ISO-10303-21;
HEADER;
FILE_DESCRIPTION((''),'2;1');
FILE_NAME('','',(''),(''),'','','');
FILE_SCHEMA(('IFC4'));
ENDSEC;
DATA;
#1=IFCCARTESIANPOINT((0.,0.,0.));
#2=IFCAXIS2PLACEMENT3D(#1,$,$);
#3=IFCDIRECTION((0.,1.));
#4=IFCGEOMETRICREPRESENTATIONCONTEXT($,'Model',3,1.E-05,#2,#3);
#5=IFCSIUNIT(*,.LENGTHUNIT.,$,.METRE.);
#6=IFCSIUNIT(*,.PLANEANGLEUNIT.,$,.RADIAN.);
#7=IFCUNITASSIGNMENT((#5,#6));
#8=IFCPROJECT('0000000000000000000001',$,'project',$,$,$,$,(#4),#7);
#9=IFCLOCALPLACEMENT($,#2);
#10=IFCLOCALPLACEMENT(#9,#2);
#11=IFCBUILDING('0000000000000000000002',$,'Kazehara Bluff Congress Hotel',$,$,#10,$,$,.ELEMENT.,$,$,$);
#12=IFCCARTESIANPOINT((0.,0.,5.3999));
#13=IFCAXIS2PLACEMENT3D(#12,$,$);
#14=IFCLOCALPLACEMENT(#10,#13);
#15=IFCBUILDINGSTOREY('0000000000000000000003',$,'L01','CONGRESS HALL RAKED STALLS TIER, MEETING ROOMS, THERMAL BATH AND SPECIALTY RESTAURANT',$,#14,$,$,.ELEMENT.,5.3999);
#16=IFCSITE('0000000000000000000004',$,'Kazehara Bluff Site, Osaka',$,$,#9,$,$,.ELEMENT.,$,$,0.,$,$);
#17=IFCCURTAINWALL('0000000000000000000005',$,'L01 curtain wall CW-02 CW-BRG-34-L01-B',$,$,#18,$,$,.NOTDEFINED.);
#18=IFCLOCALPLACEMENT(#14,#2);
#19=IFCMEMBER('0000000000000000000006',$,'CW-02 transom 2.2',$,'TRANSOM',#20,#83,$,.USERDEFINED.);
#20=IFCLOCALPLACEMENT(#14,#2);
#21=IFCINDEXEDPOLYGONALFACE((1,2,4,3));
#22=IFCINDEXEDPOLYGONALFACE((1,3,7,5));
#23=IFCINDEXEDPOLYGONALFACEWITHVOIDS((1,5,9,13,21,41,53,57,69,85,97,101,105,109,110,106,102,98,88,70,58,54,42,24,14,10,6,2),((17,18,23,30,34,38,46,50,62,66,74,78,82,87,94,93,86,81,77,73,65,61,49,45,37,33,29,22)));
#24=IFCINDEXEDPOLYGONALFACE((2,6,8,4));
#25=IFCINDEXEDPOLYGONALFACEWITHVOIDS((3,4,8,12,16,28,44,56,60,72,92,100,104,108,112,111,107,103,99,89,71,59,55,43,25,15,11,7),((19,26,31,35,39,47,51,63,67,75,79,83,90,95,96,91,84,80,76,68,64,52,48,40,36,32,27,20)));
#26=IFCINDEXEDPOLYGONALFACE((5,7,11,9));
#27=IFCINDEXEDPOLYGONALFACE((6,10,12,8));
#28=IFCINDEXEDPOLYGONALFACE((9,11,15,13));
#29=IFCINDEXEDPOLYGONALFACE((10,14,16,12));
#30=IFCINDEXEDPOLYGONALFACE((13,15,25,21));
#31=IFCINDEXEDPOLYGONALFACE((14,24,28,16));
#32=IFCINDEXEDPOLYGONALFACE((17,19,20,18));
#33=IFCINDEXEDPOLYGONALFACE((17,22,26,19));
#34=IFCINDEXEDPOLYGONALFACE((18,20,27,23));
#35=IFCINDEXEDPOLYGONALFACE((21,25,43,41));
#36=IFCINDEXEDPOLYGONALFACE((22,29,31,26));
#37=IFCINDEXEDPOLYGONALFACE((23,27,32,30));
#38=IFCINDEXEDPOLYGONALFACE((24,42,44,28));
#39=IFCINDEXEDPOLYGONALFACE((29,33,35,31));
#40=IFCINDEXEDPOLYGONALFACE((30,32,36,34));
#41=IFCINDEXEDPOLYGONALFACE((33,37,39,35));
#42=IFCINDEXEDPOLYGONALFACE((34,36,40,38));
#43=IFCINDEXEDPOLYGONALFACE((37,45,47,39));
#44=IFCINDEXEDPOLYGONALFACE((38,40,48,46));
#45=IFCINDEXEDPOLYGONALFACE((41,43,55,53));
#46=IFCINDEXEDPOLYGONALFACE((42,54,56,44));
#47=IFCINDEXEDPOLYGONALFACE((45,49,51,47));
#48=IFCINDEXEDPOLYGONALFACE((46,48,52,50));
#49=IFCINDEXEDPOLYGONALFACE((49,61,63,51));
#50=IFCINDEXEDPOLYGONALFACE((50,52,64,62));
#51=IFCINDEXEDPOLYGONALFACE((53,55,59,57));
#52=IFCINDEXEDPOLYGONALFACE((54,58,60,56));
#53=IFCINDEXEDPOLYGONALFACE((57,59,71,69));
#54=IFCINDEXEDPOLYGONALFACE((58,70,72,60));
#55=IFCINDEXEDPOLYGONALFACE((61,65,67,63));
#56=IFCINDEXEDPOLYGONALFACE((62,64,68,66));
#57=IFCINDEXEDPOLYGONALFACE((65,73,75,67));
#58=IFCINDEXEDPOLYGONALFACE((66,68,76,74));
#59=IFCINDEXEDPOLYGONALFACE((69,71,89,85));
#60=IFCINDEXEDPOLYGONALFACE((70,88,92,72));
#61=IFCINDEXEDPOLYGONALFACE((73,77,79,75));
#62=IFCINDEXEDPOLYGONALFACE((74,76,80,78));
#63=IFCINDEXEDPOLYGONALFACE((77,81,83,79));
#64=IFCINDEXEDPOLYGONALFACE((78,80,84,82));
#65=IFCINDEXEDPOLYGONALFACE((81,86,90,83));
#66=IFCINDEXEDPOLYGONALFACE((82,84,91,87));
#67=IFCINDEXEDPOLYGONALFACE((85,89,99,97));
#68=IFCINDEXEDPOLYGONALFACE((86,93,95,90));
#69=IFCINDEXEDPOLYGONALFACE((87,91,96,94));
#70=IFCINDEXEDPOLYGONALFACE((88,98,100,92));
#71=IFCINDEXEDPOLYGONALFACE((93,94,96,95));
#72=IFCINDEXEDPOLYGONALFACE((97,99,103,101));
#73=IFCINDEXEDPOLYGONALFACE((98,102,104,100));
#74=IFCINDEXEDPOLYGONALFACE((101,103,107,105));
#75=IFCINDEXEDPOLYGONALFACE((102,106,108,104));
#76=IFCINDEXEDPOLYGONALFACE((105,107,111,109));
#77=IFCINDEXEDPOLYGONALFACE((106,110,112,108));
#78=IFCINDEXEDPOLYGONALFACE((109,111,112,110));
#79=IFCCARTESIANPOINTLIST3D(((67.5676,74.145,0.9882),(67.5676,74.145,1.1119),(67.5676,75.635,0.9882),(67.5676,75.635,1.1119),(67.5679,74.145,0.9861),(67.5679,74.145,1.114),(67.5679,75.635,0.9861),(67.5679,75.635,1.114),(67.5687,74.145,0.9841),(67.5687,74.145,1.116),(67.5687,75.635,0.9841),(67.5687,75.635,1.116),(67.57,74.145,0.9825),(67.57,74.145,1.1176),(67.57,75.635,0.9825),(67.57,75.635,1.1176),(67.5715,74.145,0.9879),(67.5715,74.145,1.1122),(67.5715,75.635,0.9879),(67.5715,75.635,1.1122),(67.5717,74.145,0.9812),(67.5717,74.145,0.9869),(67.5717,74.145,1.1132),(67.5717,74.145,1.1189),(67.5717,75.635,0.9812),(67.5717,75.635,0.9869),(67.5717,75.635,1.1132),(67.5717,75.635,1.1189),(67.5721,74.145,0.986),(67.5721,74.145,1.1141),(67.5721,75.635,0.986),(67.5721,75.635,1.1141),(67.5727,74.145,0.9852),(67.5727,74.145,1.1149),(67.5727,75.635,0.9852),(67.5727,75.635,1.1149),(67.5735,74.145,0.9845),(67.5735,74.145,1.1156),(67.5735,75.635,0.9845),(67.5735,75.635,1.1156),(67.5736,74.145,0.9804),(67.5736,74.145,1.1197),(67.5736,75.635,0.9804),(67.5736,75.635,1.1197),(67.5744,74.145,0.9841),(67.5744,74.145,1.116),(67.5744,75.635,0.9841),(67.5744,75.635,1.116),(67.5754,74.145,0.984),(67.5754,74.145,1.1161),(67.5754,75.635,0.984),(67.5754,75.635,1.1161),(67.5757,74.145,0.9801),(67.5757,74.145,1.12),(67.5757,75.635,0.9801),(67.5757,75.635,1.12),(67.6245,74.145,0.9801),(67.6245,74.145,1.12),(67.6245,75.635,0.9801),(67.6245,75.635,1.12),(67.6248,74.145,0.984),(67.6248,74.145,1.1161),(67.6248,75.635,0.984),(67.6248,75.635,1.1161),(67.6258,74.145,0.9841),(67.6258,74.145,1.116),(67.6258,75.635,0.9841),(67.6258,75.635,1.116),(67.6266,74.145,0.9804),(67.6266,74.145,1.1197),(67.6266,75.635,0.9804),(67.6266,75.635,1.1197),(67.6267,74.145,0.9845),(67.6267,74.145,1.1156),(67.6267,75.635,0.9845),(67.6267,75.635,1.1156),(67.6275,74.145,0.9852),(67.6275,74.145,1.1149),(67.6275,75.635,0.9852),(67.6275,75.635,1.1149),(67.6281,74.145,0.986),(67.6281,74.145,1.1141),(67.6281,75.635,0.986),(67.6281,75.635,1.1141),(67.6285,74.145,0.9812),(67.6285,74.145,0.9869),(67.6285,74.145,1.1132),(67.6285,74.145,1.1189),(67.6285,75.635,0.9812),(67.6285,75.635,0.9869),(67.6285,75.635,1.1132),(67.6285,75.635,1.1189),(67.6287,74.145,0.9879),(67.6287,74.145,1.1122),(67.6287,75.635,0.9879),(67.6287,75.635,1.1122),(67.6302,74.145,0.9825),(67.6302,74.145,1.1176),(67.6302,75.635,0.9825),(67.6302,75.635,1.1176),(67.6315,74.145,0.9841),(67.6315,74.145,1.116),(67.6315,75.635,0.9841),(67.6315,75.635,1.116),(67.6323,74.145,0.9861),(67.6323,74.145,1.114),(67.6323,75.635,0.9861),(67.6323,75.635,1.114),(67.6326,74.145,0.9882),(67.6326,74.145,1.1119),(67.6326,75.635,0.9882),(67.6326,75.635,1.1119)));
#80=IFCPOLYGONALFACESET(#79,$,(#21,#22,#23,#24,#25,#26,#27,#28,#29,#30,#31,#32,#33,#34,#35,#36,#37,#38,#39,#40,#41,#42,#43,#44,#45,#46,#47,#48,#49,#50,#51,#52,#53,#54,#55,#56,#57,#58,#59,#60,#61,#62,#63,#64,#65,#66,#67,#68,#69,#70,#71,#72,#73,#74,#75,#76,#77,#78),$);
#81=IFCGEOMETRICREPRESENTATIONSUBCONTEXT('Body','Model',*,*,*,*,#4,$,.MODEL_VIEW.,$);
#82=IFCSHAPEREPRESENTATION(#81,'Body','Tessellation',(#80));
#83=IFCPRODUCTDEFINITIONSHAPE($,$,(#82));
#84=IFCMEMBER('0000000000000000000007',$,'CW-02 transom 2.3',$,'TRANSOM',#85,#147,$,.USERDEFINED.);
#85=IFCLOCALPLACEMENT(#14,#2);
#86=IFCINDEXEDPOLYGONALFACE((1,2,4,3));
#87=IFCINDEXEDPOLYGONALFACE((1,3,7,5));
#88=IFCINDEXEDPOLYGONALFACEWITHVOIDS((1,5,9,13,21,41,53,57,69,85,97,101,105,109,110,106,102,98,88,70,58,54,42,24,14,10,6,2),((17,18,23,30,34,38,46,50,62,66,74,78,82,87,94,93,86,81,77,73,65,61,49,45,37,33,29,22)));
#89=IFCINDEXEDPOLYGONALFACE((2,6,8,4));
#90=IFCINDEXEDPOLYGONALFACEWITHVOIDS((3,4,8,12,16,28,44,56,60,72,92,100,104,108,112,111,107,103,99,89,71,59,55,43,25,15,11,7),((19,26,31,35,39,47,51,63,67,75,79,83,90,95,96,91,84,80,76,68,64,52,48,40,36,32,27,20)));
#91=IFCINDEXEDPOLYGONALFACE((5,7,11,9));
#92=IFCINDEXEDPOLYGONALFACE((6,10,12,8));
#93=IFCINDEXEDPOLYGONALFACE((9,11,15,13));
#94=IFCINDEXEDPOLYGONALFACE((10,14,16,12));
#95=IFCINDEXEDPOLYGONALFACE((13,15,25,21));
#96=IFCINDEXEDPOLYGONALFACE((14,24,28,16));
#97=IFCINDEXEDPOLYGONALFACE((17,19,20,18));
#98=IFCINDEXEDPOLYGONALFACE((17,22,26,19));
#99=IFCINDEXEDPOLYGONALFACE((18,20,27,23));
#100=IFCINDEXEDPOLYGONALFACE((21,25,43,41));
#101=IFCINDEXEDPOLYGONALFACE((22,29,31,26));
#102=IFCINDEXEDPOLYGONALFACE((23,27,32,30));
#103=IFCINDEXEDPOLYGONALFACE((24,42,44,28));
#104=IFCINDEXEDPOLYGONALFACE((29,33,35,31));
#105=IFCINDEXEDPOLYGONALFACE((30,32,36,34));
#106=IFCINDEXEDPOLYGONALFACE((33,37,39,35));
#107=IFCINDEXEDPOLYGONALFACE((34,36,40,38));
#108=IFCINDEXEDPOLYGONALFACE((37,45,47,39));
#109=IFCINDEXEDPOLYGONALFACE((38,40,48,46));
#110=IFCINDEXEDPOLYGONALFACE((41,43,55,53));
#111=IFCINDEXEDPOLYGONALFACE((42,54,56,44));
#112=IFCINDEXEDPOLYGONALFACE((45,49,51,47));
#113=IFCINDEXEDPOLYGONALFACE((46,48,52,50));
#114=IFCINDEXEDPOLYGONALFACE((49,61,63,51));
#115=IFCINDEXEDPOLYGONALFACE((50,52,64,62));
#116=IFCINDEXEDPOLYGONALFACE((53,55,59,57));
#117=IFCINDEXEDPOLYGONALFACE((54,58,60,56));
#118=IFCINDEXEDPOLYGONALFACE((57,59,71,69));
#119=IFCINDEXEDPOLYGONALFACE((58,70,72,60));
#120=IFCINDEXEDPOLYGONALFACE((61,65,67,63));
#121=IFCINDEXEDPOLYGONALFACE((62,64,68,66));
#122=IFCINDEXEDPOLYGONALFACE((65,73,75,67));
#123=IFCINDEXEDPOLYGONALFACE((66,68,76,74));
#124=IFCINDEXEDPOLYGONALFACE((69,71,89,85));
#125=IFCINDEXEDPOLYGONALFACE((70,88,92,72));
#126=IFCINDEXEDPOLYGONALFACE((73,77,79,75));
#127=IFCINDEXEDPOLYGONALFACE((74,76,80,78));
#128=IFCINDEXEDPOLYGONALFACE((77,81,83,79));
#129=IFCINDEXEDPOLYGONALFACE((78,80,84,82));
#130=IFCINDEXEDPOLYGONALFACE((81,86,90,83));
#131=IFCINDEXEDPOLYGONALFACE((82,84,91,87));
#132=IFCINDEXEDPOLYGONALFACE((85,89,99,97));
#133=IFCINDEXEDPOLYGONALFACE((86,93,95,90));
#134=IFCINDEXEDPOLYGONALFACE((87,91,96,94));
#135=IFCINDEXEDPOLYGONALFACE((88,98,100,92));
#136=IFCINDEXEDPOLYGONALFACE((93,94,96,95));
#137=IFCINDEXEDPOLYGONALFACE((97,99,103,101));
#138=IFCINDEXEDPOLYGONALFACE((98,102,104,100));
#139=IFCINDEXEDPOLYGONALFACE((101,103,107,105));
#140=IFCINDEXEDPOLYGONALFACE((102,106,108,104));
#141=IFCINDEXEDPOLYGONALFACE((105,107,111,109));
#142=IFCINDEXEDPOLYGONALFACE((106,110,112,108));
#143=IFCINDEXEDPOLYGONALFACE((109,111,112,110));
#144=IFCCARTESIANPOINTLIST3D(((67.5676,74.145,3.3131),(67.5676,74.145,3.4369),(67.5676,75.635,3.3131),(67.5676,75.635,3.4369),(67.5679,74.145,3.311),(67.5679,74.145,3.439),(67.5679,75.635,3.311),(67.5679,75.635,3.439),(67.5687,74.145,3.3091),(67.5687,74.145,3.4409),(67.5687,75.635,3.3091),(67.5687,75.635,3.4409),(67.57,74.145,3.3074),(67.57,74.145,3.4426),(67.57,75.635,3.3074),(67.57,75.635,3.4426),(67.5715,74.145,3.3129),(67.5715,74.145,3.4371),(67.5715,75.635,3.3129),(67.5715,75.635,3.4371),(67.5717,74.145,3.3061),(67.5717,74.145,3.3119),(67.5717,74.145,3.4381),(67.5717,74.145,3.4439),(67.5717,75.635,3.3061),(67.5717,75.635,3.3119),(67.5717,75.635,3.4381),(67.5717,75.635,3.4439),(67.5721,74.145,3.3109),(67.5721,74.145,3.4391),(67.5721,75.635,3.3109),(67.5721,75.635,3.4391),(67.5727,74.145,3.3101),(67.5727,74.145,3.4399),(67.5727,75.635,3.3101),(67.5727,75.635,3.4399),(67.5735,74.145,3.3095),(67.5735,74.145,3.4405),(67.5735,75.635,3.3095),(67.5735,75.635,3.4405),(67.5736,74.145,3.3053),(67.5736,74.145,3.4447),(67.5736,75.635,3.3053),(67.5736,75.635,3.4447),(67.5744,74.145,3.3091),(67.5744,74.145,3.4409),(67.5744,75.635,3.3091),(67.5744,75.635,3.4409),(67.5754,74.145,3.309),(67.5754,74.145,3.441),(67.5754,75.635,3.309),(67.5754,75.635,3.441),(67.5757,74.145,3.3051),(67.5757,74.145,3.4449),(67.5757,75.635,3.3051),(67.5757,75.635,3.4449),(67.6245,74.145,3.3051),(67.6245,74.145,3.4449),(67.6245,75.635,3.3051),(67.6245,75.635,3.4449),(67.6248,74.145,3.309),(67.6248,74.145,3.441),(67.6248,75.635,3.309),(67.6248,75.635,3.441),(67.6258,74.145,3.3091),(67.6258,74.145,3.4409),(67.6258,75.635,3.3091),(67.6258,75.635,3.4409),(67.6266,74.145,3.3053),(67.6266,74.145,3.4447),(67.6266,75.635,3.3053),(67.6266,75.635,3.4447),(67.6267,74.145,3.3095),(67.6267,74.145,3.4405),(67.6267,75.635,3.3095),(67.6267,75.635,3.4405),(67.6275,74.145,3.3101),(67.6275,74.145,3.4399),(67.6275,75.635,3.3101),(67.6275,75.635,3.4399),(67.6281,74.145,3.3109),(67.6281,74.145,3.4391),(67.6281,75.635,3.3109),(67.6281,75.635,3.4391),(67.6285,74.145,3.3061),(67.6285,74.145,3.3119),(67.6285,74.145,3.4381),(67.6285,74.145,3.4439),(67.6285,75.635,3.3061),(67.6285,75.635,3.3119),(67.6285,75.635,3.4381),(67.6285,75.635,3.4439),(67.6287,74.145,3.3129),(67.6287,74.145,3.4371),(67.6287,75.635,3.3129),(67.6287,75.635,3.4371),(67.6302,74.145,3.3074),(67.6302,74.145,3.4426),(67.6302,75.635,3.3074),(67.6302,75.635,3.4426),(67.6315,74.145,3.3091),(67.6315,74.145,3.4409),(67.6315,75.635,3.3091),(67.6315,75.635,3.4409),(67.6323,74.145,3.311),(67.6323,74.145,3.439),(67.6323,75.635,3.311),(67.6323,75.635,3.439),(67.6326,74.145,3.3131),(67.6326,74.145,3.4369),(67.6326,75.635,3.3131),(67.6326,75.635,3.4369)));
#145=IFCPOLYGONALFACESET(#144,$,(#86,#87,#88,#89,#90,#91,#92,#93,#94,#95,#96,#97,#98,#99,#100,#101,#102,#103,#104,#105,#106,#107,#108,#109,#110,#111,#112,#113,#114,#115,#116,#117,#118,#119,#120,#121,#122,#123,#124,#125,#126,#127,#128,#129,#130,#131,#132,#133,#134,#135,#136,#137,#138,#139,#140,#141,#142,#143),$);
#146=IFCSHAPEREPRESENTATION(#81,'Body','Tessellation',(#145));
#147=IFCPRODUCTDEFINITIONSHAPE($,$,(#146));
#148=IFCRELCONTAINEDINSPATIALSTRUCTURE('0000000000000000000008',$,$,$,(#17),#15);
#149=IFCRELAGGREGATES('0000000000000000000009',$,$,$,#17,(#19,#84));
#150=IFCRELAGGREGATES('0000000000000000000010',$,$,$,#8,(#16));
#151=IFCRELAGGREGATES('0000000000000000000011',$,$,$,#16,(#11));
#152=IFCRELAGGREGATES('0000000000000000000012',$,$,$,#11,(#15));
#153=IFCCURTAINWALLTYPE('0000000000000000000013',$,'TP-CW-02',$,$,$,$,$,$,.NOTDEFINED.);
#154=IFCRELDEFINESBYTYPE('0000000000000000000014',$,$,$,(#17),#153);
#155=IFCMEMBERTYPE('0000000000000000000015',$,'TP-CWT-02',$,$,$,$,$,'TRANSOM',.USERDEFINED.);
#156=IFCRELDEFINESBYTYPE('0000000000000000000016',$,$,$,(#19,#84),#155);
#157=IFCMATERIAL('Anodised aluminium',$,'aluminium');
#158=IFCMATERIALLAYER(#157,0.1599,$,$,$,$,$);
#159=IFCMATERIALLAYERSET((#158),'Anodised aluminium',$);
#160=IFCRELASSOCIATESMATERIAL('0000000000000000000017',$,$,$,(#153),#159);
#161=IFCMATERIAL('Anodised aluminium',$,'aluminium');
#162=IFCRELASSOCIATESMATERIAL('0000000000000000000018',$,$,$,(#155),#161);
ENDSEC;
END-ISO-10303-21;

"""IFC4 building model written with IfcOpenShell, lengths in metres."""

from ifc_helpers import new_model, si_unit, direction, frame, origin, origin_2d, place, context, subcontext, project, spatial, hollow_rectangle, extrude, material, layer, layer_set, material_profile, profile_set, type_object, element, aggregate, save


model = new_model("IFC4")

# Units and contexts
model_context = context("Model", 3, precision=1e-05, world=origin(), true_north=direction((0.0, 1.0)))
body_context = subcontext(model_context, "Body", "Model", "MODEL_VIEW")
ifc_project = project(units=[si_unit("LENGTHUNIT", "METRE"), si_unit("PLANEANGLEUNIT", "RADIAN")], contexts=[model_context])

# Site, building, storey
site_placement = place(None, origin())
site = spatial("IfcSite", under=ifc_project, at=site_placement, Name="Kazehara Bluff Site, Osaka", CompositionType="ELEMENT", RefElevation=0.0)
building_placement = place(site_placement, origin())
building = spatial("IfcBuilding", under=site, at=building_placement, Name="Kazehara Bluff Congress Hotel", CompositionType="ELEMENT")
storey_placement = place(building_placement, frame((0.0, 0.0, 5.3999)))
storey = spatial("IfcBuildingStorey", under=building, at=storey_placement, Name="L01", Description="CONGRESS HALL RAKED STALLS TIER, MEETING ROOMS, THERMAL BATH AND SPECIALTY RESTAURANT", CompositionType="ELEMENT", Elevation=5.3999)

# Curtain wall
ifc_material_1 = material(Name="Anodised aluminium", Category="aluminium")
ifc_layer_1 = layer(ifc_material_1, 0.1599)
ifc_layer_set_1 = layer_set([ifc_layer_1], Name="Anodised aluminium")
curtain_wall_type = type_object("IfcCurtainWallType", Name="TP-CW-02", PredefinedType="NOTDEFINED", material=ifc_layer_set_1)
curtain_wall_1_placement = place(storey_placement, origin())
curtain_wall_1 = element("IfcCurtainWall", 1, at=curtain_wall_1_placement, inside=storey, type_object=curtain_wall_type, Name="L01 curtain wall CW-02 CW-BRG-34-L01-B", PredefinedType="NOTDEFINED")

# Shared definitions
ifc_material_2 = material(Name="Anodised aluminium", Category="aluminium")
ifc_material_profile_1 = material_profile(ifc_material_2, hollow_rectangle(XDim=0.0649, YDim=0.1399, WallThickness=0.0039, InnerFilletRadius=0.0039, OuterFilletRadius=0.0081, at=origin_2d()))
ifc_profile_set_1 = profile_set([ifc_material_profile_1], Name="Anodised aluminium")
member_type_1 = type_object("IfcMemberType", Name="TP-CWT-02", ElementType="TRANSOM", PredefinedType="USERDEFINED", material=ifc_profile_set_1)

# Members
member_1_placement = place(storey_placement, frame((67.6001, 74.145, 1.05), z_axis=(0.0, 1.0, 0.0), x_axis=(-1.0, 0.0, 0.0)))
member_1 = element("IfcMember", 2, at=member_1_placement, type_object=member_type_1, Name="CW-02 transom 2.2", ObjectType="TRANSOM", PredefinedType="USERDEFINED", context=body_context, shape_type="SweptSolid", body=[
    extrude(hollow_rectangle(XDim=0.0649, YDim=0.1399, WallThickness=0.0039, InnerFilletRadius=0.0039, OuterFilletRadius=0.0081, at=origin_2d()), origin(), (0.0, 0.0, 1.0), 1.49),
])
member_2_placement = place(storey_placement, frame((67.6001, 74.145, 3.375), z_axis=(0.0, 1.0, 0.0), x_axis=(-1.0, 0.0, 0.0)))
member_2 = element("IfcMember", 3, at=member_2_placement, type_object=member_type_1, Name="CW-02 transom 2.3", ObjectType="TRANSOM", PredefinedType="USERDEFINED", context=body_context, shape_type="SweptSolid", body=[
    extrude(hollow_rectangle(XDim=0.0649, YDim=0.1399, WallThickness=0.0039, InnerFilletRadius=0.0039, OuterFilletRadius=0.0081, at=origin_2d()), origin(), (0.0, 0.0, 1.0), 1.49),
])

aggregate(curtain_wall_1, [member_1, member_2])

save(model, "model.ifc")
